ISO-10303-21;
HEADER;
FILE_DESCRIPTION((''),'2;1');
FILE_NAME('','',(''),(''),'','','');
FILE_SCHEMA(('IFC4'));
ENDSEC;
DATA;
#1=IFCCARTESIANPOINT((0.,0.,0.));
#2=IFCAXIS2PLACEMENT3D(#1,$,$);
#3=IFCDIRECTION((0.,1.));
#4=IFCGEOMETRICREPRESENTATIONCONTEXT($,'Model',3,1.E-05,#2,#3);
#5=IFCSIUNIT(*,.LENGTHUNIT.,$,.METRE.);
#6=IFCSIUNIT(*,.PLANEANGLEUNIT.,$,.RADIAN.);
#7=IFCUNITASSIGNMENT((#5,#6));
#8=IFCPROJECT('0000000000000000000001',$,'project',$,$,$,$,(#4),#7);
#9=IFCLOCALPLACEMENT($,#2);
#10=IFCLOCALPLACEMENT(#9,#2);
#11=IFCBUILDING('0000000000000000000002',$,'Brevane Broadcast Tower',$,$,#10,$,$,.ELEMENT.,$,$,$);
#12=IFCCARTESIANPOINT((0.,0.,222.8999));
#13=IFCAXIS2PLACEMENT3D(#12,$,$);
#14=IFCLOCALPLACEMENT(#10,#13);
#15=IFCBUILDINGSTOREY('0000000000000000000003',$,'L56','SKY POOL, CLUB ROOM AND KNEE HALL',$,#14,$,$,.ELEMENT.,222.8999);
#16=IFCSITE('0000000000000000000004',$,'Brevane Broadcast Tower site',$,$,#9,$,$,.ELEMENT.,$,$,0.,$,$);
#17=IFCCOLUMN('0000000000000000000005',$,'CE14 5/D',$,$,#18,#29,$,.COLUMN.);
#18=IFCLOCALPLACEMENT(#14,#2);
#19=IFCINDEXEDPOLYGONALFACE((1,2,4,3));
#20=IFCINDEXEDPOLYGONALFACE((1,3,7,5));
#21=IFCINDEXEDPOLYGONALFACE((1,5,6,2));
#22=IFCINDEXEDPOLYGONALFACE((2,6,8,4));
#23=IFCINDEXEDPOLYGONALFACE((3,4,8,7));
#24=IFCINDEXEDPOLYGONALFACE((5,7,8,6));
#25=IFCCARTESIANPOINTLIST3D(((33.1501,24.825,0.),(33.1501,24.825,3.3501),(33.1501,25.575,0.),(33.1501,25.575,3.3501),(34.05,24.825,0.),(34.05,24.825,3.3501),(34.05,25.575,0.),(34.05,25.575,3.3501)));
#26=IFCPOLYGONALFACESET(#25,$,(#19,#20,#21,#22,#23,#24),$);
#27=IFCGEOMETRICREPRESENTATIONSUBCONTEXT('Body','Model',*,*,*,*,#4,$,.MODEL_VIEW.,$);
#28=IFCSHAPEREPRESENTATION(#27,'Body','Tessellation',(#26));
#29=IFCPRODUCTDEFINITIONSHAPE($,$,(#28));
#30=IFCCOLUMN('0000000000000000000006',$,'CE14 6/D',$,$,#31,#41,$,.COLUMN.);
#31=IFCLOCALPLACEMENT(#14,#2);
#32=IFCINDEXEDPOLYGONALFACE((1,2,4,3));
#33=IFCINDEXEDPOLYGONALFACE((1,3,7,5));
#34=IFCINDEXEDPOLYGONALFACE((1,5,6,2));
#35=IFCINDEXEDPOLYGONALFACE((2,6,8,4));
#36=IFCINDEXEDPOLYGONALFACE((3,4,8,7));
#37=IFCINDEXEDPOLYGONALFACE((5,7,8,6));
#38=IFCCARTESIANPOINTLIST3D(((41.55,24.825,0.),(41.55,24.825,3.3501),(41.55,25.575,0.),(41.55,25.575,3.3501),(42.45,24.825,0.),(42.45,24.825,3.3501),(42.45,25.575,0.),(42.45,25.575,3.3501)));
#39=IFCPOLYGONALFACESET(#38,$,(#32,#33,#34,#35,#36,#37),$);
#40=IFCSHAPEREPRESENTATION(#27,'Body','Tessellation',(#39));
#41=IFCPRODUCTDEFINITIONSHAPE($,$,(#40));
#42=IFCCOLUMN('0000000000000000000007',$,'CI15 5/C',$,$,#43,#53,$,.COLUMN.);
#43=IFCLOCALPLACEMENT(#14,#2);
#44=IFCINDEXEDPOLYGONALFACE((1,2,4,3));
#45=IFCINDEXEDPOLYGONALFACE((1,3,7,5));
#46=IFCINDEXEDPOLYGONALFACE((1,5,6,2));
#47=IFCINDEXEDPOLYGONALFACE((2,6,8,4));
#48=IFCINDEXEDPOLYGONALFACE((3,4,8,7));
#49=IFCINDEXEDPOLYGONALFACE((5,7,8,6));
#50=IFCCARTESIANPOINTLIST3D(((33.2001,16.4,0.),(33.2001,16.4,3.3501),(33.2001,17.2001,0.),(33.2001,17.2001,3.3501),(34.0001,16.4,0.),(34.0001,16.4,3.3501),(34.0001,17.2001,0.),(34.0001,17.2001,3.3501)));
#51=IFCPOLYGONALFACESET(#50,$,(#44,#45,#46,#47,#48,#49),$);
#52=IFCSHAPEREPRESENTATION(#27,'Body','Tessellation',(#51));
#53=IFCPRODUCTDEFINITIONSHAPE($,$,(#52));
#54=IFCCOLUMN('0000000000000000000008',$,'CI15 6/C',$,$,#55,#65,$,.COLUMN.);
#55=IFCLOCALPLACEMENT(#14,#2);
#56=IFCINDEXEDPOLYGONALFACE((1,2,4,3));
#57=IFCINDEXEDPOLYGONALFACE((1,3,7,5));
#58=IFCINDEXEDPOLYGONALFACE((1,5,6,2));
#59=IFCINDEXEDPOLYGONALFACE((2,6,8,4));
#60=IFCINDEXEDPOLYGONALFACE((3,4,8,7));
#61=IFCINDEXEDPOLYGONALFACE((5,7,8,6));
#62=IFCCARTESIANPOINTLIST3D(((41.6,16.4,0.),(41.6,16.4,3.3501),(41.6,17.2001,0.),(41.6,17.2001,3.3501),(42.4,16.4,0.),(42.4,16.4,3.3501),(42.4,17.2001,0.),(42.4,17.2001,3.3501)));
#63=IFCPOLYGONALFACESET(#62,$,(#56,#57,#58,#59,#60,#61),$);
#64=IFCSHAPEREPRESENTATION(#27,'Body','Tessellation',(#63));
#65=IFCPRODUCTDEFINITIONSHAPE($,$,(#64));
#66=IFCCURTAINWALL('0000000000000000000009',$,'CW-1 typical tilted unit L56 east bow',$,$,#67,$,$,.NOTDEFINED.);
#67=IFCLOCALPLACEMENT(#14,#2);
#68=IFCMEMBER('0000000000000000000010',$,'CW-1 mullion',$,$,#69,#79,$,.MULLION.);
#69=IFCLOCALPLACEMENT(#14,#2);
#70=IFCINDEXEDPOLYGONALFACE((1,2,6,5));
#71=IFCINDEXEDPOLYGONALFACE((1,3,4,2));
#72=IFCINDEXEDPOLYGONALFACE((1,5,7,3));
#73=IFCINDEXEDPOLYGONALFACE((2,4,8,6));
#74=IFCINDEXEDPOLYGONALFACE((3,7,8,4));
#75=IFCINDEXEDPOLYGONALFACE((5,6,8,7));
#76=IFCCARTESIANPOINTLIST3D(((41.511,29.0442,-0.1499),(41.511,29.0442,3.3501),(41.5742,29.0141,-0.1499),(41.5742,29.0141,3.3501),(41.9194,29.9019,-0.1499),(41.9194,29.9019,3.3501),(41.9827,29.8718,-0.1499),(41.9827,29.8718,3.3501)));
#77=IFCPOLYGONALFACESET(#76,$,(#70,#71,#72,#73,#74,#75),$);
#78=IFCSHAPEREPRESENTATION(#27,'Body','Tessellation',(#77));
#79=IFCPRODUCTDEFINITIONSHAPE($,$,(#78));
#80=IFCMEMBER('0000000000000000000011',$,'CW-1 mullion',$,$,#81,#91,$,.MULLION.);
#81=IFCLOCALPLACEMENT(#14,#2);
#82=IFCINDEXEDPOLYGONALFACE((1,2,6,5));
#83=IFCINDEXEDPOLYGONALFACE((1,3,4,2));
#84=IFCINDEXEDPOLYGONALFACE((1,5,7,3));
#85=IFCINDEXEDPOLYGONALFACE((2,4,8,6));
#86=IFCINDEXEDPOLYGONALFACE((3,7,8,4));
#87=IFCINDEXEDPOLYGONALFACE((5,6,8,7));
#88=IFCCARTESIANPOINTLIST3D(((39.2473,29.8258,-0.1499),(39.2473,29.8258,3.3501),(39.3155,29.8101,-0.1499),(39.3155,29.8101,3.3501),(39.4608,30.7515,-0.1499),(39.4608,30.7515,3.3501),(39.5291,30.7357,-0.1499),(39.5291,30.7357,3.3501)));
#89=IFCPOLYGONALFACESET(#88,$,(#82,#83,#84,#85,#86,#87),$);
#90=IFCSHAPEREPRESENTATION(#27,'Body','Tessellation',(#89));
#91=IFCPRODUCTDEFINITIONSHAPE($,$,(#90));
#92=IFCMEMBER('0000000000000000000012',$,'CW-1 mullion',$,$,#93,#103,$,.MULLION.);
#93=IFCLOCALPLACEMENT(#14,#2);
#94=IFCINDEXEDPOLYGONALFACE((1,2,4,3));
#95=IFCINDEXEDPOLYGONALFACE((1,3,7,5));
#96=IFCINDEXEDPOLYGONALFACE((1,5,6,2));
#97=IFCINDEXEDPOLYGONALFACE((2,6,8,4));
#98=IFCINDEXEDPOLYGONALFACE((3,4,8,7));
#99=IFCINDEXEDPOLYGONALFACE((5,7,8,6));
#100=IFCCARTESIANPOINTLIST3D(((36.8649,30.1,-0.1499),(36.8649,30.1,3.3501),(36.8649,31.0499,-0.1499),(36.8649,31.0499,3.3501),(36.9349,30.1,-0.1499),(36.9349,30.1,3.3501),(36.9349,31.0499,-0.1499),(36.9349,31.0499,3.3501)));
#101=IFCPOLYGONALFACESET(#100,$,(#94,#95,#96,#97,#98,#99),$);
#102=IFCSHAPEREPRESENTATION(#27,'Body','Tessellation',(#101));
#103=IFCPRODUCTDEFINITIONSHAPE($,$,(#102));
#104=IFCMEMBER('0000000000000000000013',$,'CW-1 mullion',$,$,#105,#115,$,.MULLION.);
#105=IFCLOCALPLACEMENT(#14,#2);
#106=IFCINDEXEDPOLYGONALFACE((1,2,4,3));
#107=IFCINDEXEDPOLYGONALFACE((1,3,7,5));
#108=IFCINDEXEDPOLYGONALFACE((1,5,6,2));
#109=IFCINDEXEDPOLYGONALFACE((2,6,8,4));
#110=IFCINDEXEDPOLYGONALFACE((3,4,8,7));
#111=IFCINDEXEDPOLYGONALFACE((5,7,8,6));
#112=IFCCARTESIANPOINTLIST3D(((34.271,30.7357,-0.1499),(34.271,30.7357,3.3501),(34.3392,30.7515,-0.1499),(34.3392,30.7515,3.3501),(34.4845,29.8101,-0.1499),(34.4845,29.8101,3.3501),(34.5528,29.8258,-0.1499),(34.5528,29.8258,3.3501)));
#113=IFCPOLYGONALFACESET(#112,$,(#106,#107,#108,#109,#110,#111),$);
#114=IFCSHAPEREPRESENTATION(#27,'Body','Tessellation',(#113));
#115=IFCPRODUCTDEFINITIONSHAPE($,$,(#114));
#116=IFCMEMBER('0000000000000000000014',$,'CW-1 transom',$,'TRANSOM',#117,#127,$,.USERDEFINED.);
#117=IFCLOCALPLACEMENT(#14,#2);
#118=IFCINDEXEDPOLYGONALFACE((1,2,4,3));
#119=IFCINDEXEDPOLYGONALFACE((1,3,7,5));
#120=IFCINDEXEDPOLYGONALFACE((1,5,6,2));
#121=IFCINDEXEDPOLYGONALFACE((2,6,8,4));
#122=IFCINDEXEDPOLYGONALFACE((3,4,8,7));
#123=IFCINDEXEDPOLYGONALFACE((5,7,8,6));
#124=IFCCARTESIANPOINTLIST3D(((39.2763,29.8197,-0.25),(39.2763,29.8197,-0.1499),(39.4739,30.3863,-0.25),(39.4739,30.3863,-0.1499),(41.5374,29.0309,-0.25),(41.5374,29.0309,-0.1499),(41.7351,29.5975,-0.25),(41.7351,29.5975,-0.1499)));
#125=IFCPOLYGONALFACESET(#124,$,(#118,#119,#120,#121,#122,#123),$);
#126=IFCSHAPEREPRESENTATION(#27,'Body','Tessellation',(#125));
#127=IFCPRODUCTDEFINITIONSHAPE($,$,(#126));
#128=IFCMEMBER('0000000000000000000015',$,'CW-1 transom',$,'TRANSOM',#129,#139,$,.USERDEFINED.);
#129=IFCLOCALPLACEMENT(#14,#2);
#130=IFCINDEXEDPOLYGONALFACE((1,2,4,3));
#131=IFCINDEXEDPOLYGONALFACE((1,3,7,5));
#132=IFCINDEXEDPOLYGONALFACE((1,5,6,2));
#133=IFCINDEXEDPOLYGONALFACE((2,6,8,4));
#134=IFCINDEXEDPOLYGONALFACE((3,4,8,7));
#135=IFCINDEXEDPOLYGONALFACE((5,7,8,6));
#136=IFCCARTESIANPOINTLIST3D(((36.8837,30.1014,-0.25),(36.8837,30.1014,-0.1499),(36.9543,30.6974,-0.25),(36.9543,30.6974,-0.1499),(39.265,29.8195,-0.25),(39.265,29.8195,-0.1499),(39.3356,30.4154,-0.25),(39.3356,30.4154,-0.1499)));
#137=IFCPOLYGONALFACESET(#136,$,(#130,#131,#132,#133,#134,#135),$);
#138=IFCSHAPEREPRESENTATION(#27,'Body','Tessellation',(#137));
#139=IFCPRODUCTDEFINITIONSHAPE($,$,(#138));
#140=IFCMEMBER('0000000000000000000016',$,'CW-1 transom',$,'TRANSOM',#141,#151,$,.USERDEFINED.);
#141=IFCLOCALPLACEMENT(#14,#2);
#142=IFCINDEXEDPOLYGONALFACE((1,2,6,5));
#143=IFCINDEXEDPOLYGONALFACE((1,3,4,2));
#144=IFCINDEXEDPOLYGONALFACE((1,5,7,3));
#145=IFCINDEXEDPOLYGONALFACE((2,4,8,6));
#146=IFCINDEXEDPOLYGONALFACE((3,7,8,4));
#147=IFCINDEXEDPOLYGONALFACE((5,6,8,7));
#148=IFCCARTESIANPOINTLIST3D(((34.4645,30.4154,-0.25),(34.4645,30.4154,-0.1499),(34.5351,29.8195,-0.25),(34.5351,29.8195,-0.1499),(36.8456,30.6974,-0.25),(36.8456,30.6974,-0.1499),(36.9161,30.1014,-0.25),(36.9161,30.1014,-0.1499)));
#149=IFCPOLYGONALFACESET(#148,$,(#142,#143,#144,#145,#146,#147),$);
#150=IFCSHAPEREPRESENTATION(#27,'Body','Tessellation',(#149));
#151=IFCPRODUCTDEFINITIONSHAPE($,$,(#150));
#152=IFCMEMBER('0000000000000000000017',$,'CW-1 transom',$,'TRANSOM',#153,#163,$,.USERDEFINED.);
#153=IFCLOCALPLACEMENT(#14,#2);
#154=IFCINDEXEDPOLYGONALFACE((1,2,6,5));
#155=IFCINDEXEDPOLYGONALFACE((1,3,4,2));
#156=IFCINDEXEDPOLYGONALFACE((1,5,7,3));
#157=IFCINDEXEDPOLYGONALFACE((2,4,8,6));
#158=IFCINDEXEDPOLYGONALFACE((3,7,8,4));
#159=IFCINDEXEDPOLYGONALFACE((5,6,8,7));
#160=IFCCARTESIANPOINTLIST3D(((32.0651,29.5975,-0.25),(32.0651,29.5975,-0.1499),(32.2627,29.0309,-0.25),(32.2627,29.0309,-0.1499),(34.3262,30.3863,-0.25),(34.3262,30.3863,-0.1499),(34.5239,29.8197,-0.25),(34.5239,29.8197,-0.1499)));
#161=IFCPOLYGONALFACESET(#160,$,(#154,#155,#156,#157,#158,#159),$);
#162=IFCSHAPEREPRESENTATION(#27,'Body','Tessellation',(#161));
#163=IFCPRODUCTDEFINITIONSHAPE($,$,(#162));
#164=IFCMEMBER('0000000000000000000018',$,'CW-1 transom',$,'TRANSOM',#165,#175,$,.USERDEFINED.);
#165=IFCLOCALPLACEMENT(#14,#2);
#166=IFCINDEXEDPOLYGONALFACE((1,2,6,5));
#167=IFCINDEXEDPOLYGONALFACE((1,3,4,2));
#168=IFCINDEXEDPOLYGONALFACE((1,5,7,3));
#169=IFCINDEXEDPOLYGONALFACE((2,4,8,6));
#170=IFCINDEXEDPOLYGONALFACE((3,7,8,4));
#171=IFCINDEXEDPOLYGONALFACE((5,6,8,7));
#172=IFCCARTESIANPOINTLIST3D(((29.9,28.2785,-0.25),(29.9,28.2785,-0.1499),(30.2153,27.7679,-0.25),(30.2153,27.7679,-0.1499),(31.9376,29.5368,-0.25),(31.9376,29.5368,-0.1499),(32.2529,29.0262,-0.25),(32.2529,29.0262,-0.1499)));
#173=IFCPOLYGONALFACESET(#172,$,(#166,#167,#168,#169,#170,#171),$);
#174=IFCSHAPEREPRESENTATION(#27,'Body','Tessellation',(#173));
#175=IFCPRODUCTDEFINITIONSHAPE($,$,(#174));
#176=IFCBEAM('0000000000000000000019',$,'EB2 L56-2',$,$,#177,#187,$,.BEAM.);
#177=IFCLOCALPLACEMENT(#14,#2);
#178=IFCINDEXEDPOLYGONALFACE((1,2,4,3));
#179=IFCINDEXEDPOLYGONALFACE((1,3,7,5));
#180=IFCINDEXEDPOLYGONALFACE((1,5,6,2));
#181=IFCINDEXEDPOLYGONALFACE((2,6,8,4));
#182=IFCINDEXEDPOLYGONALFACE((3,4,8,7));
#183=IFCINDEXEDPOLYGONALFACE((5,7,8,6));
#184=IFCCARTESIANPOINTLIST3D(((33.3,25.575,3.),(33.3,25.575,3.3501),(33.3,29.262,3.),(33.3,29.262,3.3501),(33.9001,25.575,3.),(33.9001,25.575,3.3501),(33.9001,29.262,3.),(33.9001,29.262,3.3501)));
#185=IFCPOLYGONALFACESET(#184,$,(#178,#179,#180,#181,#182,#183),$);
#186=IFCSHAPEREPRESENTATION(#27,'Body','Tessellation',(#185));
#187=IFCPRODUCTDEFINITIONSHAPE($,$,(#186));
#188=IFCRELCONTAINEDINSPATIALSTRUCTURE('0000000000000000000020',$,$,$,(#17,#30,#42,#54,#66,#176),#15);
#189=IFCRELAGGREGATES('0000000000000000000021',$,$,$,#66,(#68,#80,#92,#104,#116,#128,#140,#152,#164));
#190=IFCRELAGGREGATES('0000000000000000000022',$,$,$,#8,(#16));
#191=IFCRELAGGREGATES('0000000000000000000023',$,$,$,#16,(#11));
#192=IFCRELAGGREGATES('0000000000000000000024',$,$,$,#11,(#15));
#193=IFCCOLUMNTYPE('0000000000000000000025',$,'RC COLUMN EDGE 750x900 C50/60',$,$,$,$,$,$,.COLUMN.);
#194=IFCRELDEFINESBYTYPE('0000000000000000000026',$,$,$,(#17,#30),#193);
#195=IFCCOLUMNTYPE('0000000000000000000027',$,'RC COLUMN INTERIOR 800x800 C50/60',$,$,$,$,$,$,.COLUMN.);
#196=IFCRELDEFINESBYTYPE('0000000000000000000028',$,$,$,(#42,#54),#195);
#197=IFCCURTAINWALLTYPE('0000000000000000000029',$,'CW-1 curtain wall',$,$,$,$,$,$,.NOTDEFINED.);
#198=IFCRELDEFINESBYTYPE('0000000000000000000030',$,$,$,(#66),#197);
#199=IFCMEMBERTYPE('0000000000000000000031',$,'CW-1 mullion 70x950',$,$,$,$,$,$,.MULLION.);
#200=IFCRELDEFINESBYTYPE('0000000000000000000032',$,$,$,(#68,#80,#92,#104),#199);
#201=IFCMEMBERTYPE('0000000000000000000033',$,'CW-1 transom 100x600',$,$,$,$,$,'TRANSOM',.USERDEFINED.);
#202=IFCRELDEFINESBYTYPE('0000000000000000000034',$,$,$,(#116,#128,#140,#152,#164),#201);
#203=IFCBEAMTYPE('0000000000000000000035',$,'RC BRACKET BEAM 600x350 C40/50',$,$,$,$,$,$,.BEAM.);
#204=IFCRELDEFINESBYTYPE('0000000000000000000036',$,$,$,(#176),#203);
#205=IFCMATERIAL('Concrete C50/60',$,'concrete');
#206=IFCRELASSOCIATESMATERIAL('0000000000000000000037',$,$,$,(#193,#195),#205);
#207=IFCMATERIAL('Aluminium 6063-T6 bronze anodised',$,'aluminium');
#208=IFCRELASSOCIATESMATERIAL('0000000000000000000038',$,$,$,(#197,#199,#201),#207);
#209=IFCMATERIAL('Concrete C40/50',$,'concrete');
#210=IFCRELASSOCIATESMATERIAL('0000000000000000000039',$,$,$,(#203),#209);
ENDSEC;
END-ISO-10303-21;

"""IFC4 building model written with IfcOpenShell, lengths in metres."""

from ifc_helpers import new_model, si_unit, direction, frame, origin, origin_2d, place, context, subcontext, project, spatial, rectangle, extrude, material, material_profile, profile_set, type_object, element, aggregate, save


model = new_model("IFC4")

# Units and contexts
model_context = context("Model", 3, precision=1e-05, world=origin(), true_north=direction((0.0, 1.0)))
body_context = subcontext(model_context, "Body", "Model", "MODEL_VIEW")
ifc_project = project(units=[si_unit("LENGTHUNIT", "METRE"), si_unit("PLANEANGLEUNIT", "RADIAN")], contexts=[model_context])

# Site, building, storey
site_placement = place(None, origin())
site = spatial("IfcSite", under=ifc_project, at=site_placement, Name="Brevane Broadcast Tower site", CompositionType="ELEMENT", RefElevation=0.0)
building_placement = place(site_placement, origin())
building = spatial("IfcBuilding", under=site, at=building_placement, Name="Brevane Broadcast Tower", CompositionType="ELEMENT")
storey_placement = place(building_placement, frame((0.0, 0.0, 222.8999)))
storey = spatial("IfcBuildingStorey", under=building, at=storey_placement, Name="L56", Description="SKY POOL, CLUB ROOM AND KNEE HALL", CompositionType="ELEMENT", Elevation=222.8999)

# Columns
ifc_material_1 = material(Name="Concrete C50/60", Category="concrete")
ifc_material_profile_1 = material_profile(ifc_material_1, rectangle(XDim=0.75, YDim=0.8999, at=origin_2d()), Name="RC 750x900")
ifc_profile_set_1 = profile_set([ifc_material_profile_1], Name="Concrete C50/60")
column_type_1 = type_object("IfcColumnType", Name="RC COLUMN EDGE 750x900 C50/60", PredefinedType="COLUMN", material=ifc_profile_set_1)
for number, where, z_axis, x_axis, name in (
    (1, (33.6001, 25.2, 0.0), (0.0, 0.0, 1.0), (0.0, 1.0, 0.0), "CE14 5/D"),
    (2, (42.0, 25.2, 0.0), (0.0, 0.0, 1.0), (0.0, 1.0, 0.0), "CE14 6/D"),
):
    element("IfcColumn", number, at=place(storey_placement, frame(where, z_axis=z_axis, x_axis=x_axis)), inside=storey, type_object=column_type_1, Name=name, PredefinedType="COLUMN", context=body_context, shape_type="SweptSolid", body=[
        extrude(rectangle(XDim=0.75, YDim=0.8999, at=origin_2d()), origin(), (0.0, 0.0, 1.0), 3.3501),
    ])
ifc_material_profile_2 = material_profile(ifc_material_1, rectangle(XDim=0.8, YDim=0.8, at=origin_2d()), Name="RC 800x800")
ifc_profile_set_2 = profile_set([ifc_material_profile_2], Name="Concrete C50/60")
column_type_2 = type_object("IfcColumnType", Name="RC COLUMN INTERIOR 800x800 C50/60", PredefinedType="COLUMN", material=ifc_profile_set_2)
for number, where, z_axis, x_axis, name in (
    (3, (33.6001, 16.8, 0.0), (0.0, 0.0, 1.0), (1.0, 0.0, 0.0), "CI15 5/C"),
    (4, (42.0, 16.8, 0.0), (0.0, 0.0, 1.0), (1.0, 0.0, 0.0), "CI15 6/C"),
):
    element("IfcColumn", number, at=place(storey_placement, frame(where, z_axis=z_axis, x_axis=x_axis)), inside=storey, type_object=column_type_2, Name=name, PredefinedType="COLUMN", context=body_context, shape_type="SweptSolid", body=[
        extrude(rectangle(XDim=0.8, YDim=0.8, at=origin_2d()), origin(), (0.0, 0.0, 1.0), 3.3501),
    ])

# Curtain wall, members
ifc_material_2 = material(Name="Aluminium 6063-T6 bronze anodised", Category="aluminium")
curtain_wall_type = type_object("IfcCurtainWallType", Name="CW-1 curtain wall", PredefinedType="NOTDEFINED", material=ifc_material_2)
curtain_wall_placement = place(storey_placement, origin())
curtain_wall = element("IfcCurtainWall", 5, at=curtain_wall_placement, inside=storey, type_object=curtain_wall_type, Name="CW-1 typical tilted unit L56 east bow", PredefinedType="NOTDEFINED")
ifc_material_profile_3 = material_profile(ifc_material_2, rectangle(XDim=0.95, YDim=0.0701, at=origin_2d()), Name="RECT 70x950")
ifc_profile_set_3 = profile_set([ifc_material_profile_3], Name="Aluminium 6063-T6 bronze anodised")
member_type_1 = type_object("IfcMemberType", Name="CW-1 mullion 70x950", PredefinedType="MULLION", material=ifc_profile_set_3)
member_1_placement = place(storey_placement, frame((41.7468, 29.458, -0.1499), z_axis=(0.0, 0.0, 1.0), x_axis=(-0.429934, -0.902861, 0.0)))
member_1 = element("IfcMember", 6, at=member_1_placement, type_object=member_type_1, Name="CW-1 mullion", PredefinedType="MULLION", context=body_context, shape_type="SweptSolid", body=[
    extrude(rectangle(XDim=0.95, YDim=0.0701, at=origin_2d()), origin(), (0.0, 0.0, 1.0), 3.5),
])
member_2_placement = place(storey_placement, frame((39.3882, 30.2808, -0.1499), z_axis=(0.0, 0.0, 1.0), x_axis=(-0.224807, -0.974403, 0.0)))
member_2 = element("IfcMember", 7, at=member_2_placement, type_object=member_type_1, Name="CW-1 mullion", PredefinedType="MULLION", context=body_context, shape_type="SweptSolid", body=[
    extrude(rectangle(XDim=0.95, YDim=0.0701, at=origin_2d()), origin(), (0.0, 0.0, 1.0), 3.5),
])
member_3_placement = place(storey_placement, frame((36.8999, 30.575, -0.1499), z_axis=(0.0, 0.0, 1.0), x_axis=(0.0, -1.0, 0.0)))
member_3 = element("IfcMember", 8, at=member_3_placement, type_object=member_type_1, Name="CW-1 mullion", PredefinedType="MULLION", context=body_context, shape_type="SweptSolid", body=[
    extrude(rectangle(XDim=0.95, YDim=0.0701, at=origin_2d()), origin(), (0.0, 0.0, 1.0), 3.5),
])
member_4_placement = place(storey_placement, frame((34.4119, 30.2808, -0.1499), z_axis=(0.0, 0.0, 1.0), x_axis=(0.224807, -0.974403, 0.0)))
member_4 = element("IfcMember", 9, at=member_4_placement, type_object=member_type_1, Name="CW-1 mullion", PredefinedType="MULLION", context=body_context, shape_type="SweptSolid", body=[
    extrude(rectangle(XDim=0.95, YDim=0.0701, at=origin_2d()), origin(), (0.0, 0.0, 1.0), 3.5),
])
ifc_material_profile_4 = material_profile(ifc_material_2, rectangle(XDim=0.6001, YDim=0.1001, at=origin_2d()), Name="RECT 100x600")
ifc_profile_set_4 = profile_set([ifc_material_profile_4], Name="Aluminium 6063-T6 bronze anodised")
member_type_2 = type_object("IfcMemberType", Name="CW-1 transom 100x600", ElementType="TRANSOM", PredefinedType="USERDEFINED", material=ifc_profile_set_4)
member_5_placement = place(storey_placement, frame((41.6362, 29.3142, -0.2), z_axis=(-0.944198, 0.329378, 0.0), x_axis=(-0.329378, -0.944198, 0.0)))
member_5 = element("IfcMember", 10, at=member_5_placement, type_object=member_type_2, Name="CW-1 transom", ObjectType="TRANSOM", PredefinedType="USERDEFINED", context=body_context, shape_type="SweptSolid", body=[
    extrude(rectangle(XDim=0.6001, YDim=0.1001, at=origin_2d()), origin(), (0.0, 0.0, 1.0), 2.3948),
])
member_6_placement = place(storey_placement, frame((39.3003, 30.1174, -0.2), z_axis=(-0.993062, 0.117591, 0.0), x_axis=(-0.117591, -0.993062, 0.0)))
member_6 = element("IfcMember", 11, at=member_6_placement, type_object=member_type_2, Name="CW-1 transom", ObjectType="TRANSOM", PredefinedType="USERDEFINED", context=body_context, shape_type="SweptSolid", body=[
    extrude(rectangle(XDim=0.6001, YDim=0.1001, at=origin_2d()), origin(), (0.0, 0.0, 1.0), 2.3979),
])
member_7_placement = place(storey_placement, frame((36.8809, 30.3994, -0.2), z_axis=(-0.993061, -0.117603, 0.0), x_axis=(0.117603, -0.993061, 0.0)))
member_7 = element("IfcMember", 12, at=member_7_placement, type_object=member_type_2, Name="CW-1 transom", ObjectType="TRANSOM", PredefinedType="USERDEFINED", context=body_context, shape_type="SweptSolid", body=[
    extrude(rectangle(XDim=0.6001, YDim=0.1001, at=origin_2d()), origin(), (0.0, 0.0, 1.0), 2.3977),
])
member_8_placement = place(storey_placement, frame((34.425, 30.103, -0.2), z_axis=(-0.944198, -0.329378, 0.0), x_axis=(0.329378, -0.944198, 0.0)))
member_8 = element("IfcMember", 13, at=member_8_placement, type_object=member_type_2, Name="CW-1 transom", ObjectType="TRANSOM", PredefinedType="USERDEFINED", context=body_context, shape_type="SweptSolid", body=[
    extrude(rectangle(XDim=0.6001, YDim=0.1001, at=origin_2d()), origin(), (0.0, 0.0, 1.0), 2.3948),
])
member_9_placement = place(storey_placement, frame((32.0952, 29.2815, -0.2), z_axis=(-0.850838, -0.525428, 0.0), x_axis=(0.525428, -0.850838, 0.0)))
member_9 = element("IfcMember", 14, at=member_9_placement, type_object=member_type_2, Name="CW-1 transom", ObjectType="TRANSOM", PredefinedType="USERDEFINED", context=body_context, shape_type="SweptSolid", body=[
    extrude(rectangle(XDim=0.6001, YDim=0.1001, at=origin_2d()), origin(), (0.0, 0.0, 1.0), 2.3948),
])
aggregate(curtain_wall, [member_1, member_2, member_3, member_4, member_5, member_6, member_7, member_8, member_9])

# Beam
ifc_material_3 = material(Name="Concrete C40/50", Category="concrete")
ifc_material_profile_5 = material_profile(ifc_material_3, rectangle(XDim=0.6001, YDim=0.3501, at=origin_2d()), Name="RC 600x350")
ifc_profile_set_5 = profile_set([ifc_material_profile_5], Name="Concrete C40/50")
beam_type_1 = type_object("IfcBeamType", Name="RC BRACKET BEAM 600x350 C40/50", PredefinedType="BEAM", material=ifc_profile_set_5)
beam_1_placement = place(storey_placement, frame((33.6001, 25.575, 3.175), z_axis=(0.0, 1.0, 0.0), x_axis=(-1.0, 0.0, 0.0)))
element("IfcBeam", 15, at=beam_1_placement, inside=storey, type_object=beam_type_1, Name="EB2 L56-2", PredefinedType="BEAM", context=body_context, shape_type="SweptSolid", body=[
    extrude(rectangle(XDim=0.6001, YDim=0.3501, at=origin_2d()), origin(), (0.0, 0.0, 1.0), 3.687),
])

save(model, "model.ifc")
